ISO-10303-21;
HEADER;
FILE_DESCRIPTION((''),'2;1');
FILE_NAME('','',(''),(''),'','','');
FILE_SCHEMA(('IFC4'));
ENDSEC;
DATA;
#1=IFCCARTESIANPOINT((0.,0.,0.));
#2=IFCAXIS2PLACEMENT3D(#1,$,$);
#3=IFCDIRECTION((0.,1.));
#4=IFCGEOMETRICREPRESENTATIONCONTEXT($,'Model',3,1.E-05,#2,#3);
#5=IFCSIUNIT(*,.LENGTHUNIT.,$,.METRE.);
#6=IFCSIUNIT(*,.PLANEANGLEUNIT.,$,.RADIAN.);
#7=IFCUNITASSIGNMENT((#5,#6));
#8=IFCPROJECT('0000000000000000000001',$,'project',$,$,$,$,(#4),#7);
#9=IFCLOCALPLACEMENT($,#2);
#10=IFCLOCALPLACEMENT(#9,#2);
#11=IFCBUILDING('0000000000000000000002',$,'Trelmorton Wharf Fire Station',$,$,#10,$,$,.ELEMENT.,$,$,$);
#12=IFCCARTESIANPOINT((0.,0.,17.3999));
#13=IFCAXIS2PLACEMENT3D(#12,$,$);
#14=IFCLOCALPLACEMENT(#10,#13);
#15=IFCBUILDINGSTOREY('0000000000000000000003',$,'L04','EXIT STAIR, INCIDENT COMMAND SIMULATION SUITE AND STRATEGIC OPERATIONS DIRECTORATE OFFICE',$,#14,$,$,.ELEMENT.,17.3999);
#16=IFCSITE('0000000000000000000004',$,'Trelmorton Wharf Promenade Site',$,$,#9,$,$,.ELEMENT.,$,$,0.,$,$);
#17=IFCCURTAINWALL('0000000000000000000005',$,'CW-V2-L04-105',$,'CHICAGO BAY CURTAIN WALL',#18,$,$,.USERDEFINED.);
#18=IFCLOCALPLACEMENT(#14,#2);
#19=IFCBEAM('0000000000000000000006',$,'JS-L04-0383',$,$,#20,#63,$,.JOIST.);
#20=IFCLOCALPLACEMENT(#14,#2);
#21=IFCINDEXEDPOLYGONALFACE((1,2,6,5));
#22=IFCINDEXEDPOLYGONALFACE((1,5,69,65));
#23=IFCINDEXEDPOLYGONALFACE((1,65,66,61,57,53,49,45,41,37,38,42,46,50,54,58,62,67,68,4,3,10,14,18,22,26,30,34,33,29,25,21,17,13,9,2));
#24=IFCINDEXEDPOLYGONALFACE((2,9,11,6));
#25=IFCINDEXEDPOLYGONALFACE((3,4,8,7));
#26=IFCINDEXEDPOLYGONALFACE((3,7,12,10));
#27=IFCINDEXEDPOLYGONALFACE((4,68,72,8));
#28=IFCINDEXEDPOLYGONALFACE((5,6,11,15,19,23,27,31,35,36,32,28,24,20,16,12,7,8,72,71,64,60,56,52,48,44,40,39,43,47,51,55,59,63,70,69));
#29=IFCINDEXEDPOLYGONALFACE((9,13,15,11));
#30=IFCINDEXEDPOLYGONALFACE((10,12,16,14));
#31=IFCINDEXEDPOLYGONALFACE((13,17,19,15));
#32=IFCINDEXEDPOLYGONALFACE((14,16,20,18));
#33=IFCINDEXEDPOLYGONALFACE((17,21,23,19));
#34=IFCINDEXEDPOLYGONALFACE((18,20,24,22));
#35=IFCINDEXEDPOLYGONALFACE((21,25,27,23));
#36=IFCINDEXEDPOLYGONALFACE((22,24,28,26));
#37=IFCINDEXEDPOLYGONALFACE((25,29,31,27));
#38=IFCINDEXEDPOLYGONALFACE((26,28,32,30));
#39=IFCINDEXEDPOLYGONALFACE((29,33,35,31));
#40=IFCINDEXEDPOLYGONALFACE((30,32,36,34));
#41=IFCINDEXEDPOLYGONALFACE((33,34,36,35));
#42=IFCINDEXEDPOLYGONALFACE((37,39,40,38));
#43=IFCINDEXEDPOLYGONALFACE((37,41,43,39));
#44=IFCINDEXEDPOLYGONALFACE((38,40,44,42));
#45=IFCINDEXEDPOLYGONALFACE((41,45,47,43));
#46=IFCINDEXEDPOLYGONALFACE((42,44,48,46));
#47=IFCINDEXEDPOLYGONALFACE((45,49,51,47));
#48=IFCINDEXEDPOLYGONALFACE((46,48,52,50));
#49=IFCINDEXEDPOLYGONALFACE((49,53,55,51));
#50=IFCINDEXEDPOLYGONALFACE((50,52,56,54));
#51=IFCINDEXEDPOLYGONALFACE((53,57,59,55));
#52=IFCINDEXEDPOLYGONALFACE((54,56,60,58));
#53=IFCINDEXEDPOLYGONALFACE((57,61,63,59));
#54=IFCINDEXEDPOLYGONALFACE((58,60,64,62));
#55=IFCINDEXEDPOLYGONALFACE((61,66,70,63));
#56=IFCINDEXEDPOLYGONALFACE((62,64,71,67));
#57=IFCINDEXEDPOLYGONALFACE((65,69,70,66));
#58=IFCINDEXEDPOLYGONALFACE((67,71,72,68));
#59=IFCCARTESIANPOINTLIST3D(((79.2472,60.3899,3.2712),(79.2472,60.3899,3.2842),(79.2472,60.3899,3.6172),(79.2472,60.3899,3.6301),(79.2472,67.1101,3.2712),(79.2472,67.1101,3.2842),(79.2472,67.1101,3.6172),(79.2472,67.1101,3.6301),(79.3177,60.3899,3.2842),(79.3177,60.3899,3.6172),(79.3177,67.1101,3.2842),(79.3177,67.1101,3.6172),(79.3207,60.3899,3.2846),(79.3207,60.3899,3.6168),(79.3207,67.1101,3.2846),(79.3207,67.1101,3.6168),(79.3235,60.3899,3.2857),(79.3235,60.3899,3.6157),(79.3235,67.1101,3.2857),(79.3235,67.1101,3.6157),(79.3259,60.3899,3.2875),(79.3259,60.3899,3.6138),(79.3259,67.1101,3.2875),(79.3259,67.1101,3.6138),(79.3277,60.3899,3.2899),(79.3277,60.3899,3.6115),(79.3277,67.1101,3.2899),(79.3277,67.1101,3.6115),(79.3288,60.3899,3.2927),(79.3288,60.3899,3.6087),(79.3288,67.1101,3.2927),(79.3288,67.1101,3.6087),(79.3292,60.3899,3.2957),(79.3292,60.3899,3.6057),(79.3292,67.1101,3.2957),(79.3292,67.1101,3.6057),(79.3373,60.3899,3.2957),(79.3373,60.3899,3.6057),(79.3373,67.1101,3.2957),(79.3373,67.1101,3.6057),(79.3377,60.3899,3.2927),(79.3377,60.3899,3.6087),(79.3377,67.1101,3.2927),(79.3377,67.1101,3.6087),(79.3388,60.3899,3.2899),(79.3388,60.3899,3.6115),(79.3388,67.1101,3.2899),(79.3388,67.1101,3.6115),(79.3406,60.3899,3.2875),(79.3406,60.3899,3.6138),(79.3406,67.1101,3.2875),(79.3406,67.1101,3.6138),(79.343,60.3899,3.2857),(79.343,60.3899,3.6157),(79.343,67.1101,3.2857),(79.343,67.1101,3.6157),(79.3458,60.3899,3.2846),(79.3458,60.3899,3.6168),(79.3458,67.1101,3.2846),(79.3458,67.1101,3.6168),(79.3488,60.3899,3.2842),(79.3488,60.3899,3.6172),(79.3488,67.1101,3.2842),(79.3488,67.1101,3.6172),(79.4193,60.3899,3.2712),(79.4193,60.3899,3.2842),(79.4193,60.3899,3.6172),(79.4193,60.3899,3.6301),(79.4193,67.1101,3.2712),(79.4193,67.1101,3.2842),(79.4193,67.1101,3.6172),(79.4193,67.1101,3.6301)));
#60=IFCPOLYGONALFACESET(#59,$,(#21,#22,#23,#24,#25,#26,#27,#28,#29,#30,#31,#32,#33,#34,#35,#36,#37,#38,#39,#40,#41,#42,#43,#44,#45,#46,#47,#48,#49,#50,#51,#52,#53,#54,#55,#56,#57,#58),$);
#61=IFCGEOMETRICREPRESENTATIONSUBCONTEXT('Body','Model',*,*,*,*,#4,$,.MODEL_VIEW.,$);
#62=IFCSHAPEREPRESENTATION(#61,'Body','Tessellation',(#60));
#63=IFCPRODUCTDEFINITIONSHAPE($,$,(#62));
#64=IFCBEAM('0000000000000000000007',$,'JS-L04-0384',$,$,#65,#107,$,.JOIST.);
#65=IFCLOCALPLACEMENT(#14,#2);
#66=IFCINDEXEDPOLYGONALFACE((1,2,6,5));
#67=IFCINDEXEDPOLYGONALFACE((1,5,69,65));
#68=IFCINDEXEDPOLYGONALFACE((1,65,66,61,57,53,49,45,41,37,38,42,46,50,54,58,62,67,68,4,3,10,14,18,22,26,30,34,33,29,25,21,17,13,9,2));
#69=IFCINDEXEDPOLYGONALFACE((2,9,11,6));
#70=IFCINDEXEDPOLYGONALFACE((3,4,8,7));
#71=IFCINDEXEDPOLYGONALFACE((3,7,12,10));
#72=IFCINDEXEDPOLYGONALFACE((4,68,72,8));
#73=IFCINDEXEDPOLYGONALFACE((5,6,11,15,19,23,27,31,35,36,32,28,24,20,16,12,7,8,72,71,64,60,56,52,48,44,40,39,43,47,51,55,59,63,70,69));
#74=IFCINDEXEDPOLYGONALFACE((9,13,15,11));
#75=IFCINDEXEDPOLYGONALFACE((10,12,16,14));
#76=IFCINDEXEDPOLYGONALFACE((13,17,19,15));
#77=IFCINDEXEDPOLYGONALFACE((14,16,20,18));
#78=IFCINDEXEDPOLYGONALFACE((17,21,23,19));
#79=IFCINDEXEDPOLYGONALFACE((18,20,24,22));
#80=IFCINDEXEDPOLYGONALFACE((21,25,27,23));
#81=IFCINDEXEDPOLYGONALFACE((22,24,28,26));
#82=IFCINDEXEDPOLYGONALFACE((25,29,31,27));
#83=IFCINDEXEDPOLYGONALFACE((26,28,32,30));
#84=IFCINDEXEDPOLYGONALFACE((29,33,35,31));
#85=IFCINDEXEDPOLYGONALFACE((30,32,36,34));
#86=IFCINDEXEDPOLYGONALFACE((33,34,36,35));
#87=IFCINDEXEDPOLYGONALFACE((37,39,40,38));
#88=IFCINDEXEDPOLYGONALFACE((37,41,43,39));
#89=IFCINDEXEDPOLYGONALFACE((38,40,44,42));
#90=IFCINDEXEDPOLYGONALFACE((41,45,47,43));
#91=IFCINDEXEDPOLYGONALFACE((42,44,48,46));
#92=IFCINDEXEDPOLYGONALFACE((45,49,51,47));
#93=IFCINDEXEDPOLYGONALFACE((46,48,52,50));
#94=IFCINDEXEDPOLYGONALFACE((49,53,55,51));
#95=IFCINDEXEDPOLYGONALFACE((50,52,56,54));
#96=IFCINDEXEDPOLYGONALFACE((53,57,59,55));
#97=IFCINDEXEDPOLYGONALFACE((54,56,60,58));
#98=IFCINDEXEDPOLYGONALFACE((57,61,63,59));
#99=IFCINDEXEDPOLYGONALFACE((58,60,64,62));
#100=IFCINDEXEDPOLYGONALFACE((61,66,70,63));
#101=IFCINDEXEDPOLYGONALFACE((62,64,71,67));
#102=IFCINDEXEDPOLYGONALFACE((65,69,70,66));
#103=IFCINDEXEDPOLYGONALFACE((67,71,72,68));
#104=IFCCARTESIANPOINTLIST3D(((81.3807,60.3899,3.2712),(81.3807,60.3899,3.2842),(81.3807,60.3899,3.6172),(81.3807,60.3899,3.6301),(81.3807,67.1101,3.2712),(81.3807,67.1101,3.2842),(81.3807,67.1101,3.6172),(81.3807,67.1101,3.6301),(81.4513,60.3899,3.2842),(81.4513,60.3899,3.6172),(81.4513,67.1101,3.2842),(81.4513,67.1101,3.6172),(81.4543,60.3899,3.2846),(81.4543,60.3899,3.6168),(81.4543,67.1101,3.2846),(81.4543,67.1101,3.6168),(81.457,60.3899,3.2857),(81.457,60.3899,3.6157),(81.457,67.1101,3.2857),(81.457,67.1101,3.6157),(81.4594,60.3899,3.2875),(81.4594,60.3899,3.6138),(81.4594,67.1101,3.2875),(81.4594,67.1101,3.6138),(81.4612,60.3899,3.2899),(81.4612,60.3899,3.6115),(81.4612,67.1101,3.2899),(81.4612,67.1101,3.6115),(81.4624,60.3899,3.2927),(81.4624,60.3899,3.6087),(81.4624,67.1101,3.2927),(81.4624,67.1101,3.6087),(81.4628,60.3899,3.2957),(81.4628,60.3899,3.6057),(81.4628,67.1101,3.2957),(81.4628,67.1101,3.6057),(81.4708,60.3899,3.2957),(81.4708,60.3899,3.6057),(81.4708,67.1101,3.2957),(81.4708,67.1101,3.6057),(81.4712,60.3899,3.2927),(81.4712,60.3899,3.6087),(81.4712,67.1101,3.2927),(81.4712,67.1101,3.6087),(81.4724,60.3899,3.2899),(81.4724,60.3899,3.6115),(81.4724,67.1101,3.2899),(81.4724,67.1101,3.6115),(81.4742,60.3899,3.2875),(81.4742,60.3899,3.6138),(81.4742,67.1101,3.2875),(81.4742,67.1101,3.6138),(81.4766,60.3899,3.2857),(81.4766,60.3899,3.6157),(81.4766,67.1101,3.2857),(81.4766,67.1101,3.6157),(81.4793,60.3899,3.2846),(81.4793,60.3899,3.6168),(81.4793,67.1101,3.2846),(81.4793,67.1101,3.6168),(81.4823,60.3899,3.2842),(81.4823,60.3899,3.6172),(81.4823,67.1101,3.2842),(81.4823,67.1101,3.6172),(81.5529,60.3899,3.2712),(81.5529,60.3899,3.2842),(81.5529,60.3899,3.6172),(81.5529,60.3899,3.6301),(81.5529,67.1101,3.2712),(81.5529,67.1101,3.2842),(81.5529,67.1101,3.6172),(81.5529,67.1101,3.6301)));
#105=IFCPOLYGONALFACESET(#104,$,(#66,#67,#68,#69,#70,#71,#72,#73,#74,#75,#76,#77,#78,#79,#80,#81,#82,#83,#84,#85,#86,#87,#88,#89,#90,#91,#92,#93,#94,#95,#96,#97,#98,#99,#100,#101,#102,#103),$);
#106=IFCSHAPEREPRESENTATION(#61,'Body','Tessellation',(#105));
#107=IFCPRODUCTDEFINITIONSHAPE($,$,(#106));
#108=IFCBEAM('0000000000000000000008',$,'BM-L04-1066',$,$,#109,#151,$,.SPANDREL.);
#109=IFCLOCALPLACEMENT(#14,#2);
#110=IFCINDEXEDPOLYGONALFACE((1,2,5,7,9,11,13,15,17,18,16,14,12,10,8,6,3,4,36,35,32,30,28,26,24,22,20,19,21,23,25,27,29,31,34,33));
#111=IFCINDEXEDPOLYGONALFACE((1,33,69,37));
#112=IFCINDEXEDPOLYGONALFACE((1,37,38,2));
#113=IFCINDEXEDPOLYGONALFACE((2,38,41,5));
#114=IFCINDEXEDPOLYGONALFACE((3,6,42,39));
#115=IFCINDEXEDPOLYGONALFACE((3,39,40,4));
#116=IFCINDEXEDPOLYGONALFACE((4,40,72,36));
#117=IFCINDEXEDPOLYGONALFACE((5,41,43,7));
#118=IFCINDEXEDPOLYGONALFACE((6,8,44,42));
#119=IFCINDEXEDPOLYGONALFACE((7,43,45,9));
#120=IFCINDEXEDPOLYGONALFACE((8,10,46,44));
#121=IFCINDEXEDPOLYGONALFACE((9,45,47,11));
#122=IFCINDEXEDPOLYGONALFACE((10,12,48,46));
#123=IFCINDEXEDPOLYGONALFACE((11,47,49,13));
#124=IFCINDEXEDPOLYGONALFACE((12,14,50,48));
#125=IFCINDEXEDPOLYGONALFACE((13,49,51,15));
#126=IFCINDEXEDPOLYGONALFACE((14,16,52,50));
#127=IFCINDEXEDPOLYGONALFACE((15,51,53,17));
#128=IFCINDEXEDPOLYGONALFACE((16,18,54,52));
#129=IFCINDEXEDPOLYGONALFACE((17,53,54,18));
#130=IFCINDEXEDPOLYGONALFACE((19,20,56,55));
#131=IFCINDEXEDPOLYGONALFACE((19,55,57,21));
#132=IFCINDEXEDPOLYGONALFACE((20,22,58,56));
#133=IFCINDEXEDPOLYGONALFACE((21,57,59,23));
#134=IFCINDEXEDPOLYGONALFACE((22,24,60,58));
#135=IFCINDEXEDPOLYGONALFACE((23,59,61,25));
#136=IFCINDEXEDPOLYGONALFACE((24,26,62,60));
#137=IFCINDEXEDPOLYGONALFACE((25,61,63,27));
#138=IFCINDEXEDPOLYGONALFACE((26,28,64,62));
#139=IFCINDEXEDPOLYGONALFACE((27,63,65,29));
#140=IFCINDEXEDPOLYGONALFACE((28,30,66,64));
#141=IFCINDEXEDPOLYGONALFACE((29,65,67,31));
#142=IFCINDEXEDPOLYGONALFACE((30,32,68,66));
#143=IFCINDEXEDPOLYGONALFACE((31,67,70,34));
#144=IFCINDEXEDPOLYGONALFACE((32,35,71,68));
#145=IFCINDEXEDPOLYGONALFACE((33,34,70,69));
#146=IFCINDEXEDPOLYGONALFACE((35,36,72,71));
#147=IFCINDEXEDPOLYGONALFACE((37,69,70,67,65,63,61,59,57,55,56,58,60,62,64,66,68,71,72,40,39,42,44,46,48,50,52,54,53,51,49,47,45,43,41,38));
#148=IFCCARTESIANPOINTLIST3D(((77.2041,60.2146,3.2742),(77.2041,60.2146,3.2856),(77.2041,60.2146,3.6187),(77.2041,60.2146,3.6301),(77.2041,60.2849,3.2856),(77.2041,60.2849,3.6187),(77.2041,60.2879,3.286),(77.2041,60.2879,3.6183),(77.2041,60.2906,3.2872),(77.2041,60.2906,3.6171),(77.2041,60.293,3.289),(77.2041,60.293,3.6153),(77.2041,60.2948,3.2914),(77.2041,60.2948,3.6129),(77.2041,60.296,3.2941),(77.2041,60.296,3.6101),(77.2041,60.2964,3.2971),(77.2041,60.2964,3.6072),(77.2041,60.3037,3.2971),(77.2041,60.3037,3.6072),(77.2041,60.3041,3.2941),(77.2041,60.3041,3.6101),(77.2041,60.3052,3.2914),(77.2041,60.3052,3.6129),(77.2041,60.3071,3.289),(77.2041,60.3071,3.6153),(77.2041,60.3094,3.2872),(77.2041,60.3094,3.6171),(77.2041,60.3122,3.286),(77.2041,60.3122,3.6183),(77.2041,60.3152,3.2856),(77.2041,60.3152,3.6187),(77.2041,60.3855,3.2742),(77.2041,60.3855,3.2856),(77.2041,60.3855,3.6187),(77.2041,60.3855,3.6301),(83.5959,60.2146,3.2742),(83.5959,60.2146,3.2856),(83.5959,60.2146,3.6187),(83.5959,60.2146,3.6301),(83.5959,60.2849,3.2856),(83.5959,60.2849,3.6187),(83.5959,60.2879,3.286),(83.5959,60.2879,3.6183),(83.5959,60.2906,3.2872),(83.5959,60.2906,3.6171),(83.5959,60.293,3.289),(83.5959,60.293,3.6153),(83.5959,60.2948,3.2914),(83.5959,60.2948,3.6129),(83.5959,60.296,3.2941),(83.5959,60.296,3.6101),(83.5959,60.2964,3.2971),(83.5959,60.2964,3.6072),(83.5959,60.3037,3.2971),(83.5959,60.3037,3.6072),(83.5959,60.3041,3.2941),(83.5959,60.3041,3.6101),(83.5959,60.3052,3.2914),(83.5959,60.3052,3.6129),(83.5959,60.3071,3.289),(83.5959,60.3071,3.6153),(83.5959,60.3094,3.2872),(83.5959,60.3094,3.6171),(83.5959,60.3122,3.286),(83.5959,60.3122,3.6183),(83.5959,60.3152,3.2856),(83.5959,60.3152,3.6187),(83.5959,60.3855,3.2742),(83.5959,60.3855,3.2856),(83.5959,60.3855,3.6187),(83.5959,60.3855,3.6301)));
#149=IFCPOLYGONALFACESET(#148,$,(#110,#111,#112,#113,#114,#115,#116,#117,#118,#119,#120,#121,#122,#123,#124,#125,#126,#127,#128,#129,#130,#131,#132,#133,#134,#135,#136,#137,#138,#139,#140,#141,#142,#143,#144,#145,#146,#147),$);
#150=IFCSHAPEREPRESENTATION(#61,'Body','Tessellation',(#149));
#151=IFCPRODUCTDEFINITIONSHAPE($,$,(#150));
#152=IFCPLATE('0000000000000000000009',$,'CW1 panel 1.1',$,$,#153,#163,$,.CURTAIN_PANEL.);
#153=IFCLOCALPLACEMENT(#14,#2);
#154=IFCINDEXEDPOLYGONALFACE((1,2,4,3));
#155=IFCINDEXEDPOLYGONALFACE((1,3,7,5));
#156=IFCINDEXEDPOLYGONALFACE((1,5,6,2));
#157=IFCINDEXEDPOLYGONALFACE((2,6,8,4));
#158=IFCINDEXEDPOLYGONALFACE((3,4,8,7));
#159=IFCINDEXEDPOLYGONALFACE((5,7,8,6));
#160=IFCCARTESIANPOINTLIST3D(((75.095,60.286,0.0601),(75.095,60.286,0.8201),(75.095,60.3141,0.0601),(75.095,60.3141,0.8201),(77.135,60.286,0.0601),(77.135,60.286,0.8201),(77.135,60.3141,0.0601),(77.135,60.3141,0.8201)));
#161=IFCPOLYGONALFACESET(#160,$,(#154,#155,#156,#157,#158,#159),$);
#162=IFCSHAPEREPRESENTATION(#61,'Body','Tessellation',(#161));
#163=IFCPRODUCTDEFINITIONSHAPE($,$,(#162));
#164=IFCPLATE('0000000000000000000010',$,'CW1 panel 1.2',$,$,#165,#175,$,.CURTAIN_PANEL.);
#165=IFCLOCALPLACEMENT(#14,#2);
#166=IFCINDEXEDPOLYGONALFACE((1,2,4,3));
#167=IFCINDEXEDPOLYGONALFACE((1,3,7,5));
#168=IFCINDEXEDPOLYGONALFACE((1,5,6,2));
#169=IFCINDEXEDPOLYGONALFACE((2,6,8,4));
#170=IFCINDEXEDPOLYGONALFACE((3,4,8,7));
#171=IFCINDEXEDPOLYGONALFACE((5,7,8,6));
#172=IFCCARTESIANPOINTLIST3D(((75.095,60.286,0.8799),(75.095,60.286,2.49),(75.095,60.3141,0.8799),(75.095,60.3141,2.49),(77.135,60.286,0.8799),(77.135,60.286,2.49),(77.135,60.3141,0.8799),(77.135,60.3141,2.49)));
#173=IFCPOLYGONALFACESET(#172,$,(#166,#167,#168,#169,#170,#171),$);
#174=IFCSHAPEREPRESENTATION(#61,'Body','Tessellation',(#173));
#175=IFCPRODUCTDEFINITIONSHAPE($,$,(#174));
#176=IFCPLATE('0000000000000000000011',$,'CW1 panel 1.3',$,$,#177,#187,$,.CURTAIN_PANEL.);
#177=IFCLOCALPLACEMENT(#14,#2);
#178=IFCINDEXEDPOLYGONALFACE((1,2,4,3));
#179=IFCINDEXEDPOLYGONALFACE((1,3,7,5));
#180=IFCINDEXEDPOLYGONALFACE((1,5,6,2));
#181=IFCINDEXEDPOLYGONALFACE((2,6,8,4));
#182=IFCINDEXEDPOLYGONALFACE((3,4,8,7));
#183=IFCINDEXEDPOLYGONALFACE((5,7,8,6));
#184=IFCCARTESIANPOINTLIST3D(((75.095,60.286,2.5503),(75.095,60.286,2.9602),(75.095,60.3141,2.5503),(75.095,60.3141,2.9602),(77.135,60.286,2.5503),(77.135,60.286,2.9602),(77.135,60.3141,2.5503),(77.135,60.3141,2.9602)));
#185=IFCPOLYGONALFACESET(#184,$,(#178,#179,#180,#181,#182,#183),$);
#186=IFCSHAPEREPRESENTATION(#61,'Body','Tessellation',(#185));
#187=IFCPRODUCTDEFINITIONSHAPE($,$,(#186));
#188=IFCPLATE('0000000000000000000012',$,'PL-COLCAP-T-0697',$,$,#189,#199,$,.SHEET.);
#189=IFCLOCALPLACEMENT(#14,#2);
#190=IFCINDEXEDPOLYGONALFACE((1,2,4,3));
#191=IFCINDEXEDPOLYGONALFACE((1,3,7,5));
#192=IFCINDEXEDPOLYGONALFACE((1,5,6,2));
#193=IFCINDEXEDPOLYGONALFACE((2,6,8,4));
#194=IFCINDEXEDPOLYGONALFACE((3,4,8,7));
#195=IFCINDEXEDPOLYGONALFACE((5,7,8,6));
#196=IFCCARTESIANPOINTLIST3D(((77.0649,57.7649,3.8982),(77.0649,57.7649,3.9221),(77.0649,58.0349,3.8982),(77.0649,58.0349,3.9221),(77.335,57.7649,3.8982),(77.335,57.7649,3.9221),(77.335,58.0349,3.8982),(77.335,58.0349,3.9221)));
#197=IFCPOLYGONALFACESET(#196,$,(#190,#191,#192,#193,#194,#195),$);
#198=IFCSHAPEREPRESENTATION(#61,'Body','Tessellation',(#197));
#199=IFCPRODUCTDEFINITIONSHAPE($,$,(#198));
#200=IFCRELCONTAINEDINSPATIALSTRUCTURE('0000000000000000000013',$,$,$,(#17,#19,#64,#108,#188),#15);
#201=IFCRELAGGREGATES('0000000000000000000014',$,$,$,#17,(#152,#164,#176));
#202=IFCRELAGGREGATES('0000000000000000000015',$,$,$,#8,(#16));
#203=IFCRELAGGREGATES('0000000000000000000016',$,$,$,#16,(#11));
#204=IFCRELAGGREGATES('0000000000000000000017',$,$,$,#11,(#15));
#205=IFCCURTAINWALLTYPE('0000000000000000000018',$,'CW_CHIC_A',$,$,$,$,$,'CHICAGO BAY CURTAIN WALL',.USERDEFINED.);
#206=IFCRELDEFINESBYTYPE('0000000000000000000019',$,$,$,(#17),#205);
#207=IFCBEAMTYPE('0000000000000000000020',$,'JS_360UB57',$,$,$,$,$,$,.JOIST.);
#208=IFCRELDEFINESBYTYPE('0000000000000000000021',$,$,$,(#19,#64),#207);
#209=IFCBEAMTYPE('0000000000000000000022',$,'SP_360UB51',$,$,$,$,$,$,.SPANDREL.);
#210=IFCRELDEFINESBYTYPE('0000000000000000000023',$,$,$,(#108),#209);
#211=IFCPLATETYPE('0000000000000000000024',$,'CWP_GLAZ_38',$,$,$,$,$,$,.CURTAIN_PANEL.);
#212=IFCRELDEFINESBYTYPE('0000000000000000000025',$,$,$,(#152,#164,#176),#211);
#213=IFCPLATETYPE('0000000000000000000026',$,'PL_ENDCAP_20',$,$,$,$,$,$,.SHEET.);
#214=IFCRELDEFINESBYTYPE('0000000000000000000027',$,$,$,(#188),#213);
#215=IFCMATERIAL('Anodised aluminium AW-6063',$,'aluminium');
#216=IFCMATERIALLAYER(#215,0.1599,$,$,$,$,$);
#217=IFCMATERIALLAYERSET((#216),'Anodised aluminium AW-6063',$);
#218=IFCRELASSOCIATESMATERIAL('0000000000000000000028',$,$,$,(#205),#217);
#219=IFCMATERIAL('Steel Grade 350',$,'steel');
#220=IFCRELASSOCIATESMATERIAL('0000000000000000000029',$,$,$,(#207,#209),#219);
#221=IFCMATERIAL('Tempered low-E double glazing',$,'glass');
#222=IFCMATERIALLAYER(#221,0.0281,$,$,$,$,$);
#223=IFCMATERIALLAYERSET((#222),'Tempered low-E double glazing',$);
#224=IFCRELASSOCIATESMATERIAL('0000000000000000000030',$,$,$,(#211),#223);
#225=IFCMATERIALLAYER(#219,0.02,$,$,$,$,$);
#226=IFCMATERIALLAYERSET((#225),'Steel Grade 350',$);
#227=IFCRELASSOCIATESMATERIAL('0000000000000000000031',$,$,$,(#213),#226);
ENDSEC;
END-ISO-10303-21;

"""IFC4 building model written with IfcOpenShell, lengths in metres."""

from ifc_helpers import new_model, si_unit, direction, frame, origin, origin_2d, place, context, subcontext, project, spatial, rectangle, i_section, extrude, material, layer, layer_set, material_profile, profile_set, type_object, element, aggregate, save


model = new_model("IFC4")

# Units and contexts
model_context = context("Model", 3, precision=1e-05, world=origin(), true_north=direction((0.0, 1.0)))
body_context = subcontext(model_context, "Body", "Model", "MODEL_VIEW")
ifc_project = project(units=[si_unit("LENGTHUNIT", "METRE"), si_unit("PLANEANGLEUNIT", "RADIAN")], contexts=[model_context])

# Site, building, storey
site_placement = place(None, origin())
site = spatial("IfcSite", under=ifc_project, at=site_placement, Name="Trelmorton Wharf Promenade Site", CompositionType="ELEMENT", RefElevation=0.0)
building_placement = place(site_placement, origin())
building = spatial("IfcBuilding", under=site, at=building_placement, Name="Trelmorton Wharf Fire Station", CompositionType="ELEMENT")
storey_placement = place(building_placement, frame((0.0, 0.0, 17.3999)))
storey = spatial("IfcBuildingStorey", under=building, at=storey_placement, Name="L04", Description="EXIT STAIR, INCIDENT COMMAND SIMULATION SUITE AND STRATEGIC OPERATIONS DIRECTORATE OFFICE", CompositionType="ELEMENT", Elevation=17.3999)

# Shared definitions
ifc_material_1 = material(Name="Steel Grade 350", Category="steel")

# Curtain wall
ifc_material_2 = material(Name="Anodised aluminium AW-6063", Category="aluminium")
ifc_layer_1 = layer(ifc_material_2, 0.1599)
ifc_layer_set_1 = layer_set([ifc_layer_1], Name="Anodised aluminium AW-6063")
curtain_wall_type = type_object("IfcCurtainWallType", Name="CW_CHIC_A", ElementType="CHICAGO BAY CURTAIN WALL", PredefinedType="USERDEFINED", material=ifc_layer_set_1)
curtain_wall_placement = place(storey_placement, origin())
curtain_wall = element("IfcCurtainWall", 1, at=curtain_wall_placement, inside=storey, type_object=curtain_wall_type, Name="CW-V2-L04-105", ObjectType="CHICAGO BAY CURTAIN WALL", PredefinedType="USERDEFINED")

# Beams
ifc_material_profile_1 = material_profile(ifc_material_1, i_section(OverallWidth=0.1721, OverallDepth=0.3589, WebThickness=0.0081, FlangeThickness=0.0129, FilletRadius=0.0115, at=origin_2d()), Name="360UB56.7")
ifc_profile_set_1 = profile_set([ifc_material_profile_1], Name="Steel Grade 350")
beam_type_1 = type_object("IfcBeamType", Name="JS_360UB57", PredefinedType="JOIST", material=ifc_profile_set_1)
for number, where, z_axis, x_axis, name in (
    (2, (79.3333, 60.3899, 3.4507), (0.0, 1.0, 0.0), (-1.0, 0.0, 0.0), "JS-L04-0383"),
    (3, (81.4668, 60.3899, 3.4507), (0.0, 1.0, 0.0), (-1.0, 0.0, 0.0), "JS-L04-0384"),
):
    element("IfcBeam", number, at=place(storey_placement, frame(where, z_axis=z_axis, x_axis=x_axis)), inside=storey, type_object=beam_type_1, Name=name, PredefinedType="JOIST", context=body_context, shape_type="SweptSolid", body=[
        extrude(i_section(OverallWidth=0.1721, OverallDepth=0.3589, WebThickness=0.0081, FlangeThickness=0.0129, FilletRadius=0.0115, at=origin_2d()), origin(), (0.0, 0.0, 1.0), 6.7202),
    ])
ifc_material_profile_2 = material_profile(ifc_material_1, i_section(OverallWidth=0.1709, OverallDepth=0.356, WebThickness=0.0073, FlangeThickness=0.0115, FilletRadius=0.0115, at=origin_2d()), Name="360UB50.7")
ifc_profile_set_2 = profile_set([ifc_material_profile_2], Name="Steel Grade 350")
beam_type_2 = type_object("IfcBeamType", Name="SP_360UB51", PredefinedType="SPANDREL", material=ifc_profile_set_2)
beam_1_placement = place(storey_placement, frame((77.2041, 60.3, 3.4521), z_axis=(1.0, 0.0, 0.0), x_axis=(0.0, 1.0, 0.0)))
element("IfcBeam", 4, at=beam_1_placement, inside=storey, type_object=beam_type_2, Name="BM-L04-1066", PredefinedType="SPANDREL", context=body_context, shape_type="SweptSolid", body=[
    extrude(i_section(OverallWidth=0.1709, OverallDepth=0.356, WebThickness=0.0073, FlangeThickness=0.0115, FilletRadius=0.0115, at=origin_2d()), origin(), (0.0, 0.0, 1.0), 6.3918),
])

# Plates
ifc_material_3 = material(Name="Tempered low-E double glazing", Category="glass")
ifc_layer_2 = layer(ifc_material_3, 0.0281)
ifc_layer_set_2 = layer_set([ifc_layer_2], Name="Tempered low-E double glazing")
plate_type_1 = type_object("IfcPlateType", Name="CWP_GLAZ_38", PredefinedType="CURTAIN_PANEL", material=ifc_layer_set_2)
plate_1_placement = place(storey_placement, frame((76.115, 60.3, 0.0601), z_axis=(0.0, 0.0, 1.0), x_axis=(-1.0, 0.0, 0.0)))
plate_1 = element("IfcPlate", 5, at=plate_1_placement, type_object=plate_type_1, Name="CW1 panel 1.1", PredefinedType="CURTAIN_PANEL", context=body_context, shape_type="SweptSolid", body=[
    extrude(rectangle(XDim=2.04, YDim=0.0281, at=origin_2d()), origin(), (0.0, 0.0, 1.0), 0.76),
])
plate_2_placement = place(storey_placement, frame((76.115, 60.3, 0.8799), z_axis=(0.0, 0.0, 1.0), x_axis=(-1.0, 0.0, 0.0)))
plate_2 = element("IfcPlate", 6, at=plate_2_placement, type_object=plate_type_1, Name="CW1 panel 1.2", PredefinedType="CURTAIN_PANEL", context=body_context, shape_type="SweptSolid", body=[
    extrude(rectangle(XDim=2.04, YDim=0.0281, at=origin_2d()), origin(), (0.0, 0.0, 1.0), 1.6101),
])
plate_3_placement = place(storey_placement, frame((76.115, 60.3, 2.5503), z_axis=(0.0, 0.0, 1.0), x_axis=(-1.0, 0.0, 0.0)))
plate_3 = element("IfcPlate", 7, at=plate_3_placement, type_object=plate_type_1, Name="CW1 panel 1.3", PredefinedType="CURTAIN_PANEL", context=body_context, shape_type="SweptSolid", body=[
    extrude(rectangle(XDim=2.04, YDim=0.0281, at=origin_2d()), origin(), (0.0, 0.0, 1.0), 0.4099),
])
aggregate(curtain_wall, [plate_1, plate_2, plate_3])
ifc_layer_3 = layer(ifc_material_1, 0.02)
ifc_layer_set_3 = layer_set([ifc_layer_3], Name="Steel Grade 350")
plate_type_2 = type_object("IfcPlateType", Name="PL_ENDCAP_20", PredefinedType="SHEET", material=ifc_layer_set_3)
plate_4_placement = place(storey_placement, frame((77.2, 57.8999, 3.8982), z_axis=(0.0, 0.0, 1.0), x_axis=(1.0, 0.0, 0.0)))
element("IfcPlate", 8, at=plate_4_placement, inside=storey, type_object=plate_type_2, Name="PL-COLCAP-T-0697", PredefinedType="SHEET", context=body_context, shape_type="SweptSolid", body=[
    extrude(rectangle(XDim=0.27, YDim=0.27, at=origin_2d()), origin(), (0.0, 0.0, 1.0), 0.0239),
])

save(model, "model.ifc")
